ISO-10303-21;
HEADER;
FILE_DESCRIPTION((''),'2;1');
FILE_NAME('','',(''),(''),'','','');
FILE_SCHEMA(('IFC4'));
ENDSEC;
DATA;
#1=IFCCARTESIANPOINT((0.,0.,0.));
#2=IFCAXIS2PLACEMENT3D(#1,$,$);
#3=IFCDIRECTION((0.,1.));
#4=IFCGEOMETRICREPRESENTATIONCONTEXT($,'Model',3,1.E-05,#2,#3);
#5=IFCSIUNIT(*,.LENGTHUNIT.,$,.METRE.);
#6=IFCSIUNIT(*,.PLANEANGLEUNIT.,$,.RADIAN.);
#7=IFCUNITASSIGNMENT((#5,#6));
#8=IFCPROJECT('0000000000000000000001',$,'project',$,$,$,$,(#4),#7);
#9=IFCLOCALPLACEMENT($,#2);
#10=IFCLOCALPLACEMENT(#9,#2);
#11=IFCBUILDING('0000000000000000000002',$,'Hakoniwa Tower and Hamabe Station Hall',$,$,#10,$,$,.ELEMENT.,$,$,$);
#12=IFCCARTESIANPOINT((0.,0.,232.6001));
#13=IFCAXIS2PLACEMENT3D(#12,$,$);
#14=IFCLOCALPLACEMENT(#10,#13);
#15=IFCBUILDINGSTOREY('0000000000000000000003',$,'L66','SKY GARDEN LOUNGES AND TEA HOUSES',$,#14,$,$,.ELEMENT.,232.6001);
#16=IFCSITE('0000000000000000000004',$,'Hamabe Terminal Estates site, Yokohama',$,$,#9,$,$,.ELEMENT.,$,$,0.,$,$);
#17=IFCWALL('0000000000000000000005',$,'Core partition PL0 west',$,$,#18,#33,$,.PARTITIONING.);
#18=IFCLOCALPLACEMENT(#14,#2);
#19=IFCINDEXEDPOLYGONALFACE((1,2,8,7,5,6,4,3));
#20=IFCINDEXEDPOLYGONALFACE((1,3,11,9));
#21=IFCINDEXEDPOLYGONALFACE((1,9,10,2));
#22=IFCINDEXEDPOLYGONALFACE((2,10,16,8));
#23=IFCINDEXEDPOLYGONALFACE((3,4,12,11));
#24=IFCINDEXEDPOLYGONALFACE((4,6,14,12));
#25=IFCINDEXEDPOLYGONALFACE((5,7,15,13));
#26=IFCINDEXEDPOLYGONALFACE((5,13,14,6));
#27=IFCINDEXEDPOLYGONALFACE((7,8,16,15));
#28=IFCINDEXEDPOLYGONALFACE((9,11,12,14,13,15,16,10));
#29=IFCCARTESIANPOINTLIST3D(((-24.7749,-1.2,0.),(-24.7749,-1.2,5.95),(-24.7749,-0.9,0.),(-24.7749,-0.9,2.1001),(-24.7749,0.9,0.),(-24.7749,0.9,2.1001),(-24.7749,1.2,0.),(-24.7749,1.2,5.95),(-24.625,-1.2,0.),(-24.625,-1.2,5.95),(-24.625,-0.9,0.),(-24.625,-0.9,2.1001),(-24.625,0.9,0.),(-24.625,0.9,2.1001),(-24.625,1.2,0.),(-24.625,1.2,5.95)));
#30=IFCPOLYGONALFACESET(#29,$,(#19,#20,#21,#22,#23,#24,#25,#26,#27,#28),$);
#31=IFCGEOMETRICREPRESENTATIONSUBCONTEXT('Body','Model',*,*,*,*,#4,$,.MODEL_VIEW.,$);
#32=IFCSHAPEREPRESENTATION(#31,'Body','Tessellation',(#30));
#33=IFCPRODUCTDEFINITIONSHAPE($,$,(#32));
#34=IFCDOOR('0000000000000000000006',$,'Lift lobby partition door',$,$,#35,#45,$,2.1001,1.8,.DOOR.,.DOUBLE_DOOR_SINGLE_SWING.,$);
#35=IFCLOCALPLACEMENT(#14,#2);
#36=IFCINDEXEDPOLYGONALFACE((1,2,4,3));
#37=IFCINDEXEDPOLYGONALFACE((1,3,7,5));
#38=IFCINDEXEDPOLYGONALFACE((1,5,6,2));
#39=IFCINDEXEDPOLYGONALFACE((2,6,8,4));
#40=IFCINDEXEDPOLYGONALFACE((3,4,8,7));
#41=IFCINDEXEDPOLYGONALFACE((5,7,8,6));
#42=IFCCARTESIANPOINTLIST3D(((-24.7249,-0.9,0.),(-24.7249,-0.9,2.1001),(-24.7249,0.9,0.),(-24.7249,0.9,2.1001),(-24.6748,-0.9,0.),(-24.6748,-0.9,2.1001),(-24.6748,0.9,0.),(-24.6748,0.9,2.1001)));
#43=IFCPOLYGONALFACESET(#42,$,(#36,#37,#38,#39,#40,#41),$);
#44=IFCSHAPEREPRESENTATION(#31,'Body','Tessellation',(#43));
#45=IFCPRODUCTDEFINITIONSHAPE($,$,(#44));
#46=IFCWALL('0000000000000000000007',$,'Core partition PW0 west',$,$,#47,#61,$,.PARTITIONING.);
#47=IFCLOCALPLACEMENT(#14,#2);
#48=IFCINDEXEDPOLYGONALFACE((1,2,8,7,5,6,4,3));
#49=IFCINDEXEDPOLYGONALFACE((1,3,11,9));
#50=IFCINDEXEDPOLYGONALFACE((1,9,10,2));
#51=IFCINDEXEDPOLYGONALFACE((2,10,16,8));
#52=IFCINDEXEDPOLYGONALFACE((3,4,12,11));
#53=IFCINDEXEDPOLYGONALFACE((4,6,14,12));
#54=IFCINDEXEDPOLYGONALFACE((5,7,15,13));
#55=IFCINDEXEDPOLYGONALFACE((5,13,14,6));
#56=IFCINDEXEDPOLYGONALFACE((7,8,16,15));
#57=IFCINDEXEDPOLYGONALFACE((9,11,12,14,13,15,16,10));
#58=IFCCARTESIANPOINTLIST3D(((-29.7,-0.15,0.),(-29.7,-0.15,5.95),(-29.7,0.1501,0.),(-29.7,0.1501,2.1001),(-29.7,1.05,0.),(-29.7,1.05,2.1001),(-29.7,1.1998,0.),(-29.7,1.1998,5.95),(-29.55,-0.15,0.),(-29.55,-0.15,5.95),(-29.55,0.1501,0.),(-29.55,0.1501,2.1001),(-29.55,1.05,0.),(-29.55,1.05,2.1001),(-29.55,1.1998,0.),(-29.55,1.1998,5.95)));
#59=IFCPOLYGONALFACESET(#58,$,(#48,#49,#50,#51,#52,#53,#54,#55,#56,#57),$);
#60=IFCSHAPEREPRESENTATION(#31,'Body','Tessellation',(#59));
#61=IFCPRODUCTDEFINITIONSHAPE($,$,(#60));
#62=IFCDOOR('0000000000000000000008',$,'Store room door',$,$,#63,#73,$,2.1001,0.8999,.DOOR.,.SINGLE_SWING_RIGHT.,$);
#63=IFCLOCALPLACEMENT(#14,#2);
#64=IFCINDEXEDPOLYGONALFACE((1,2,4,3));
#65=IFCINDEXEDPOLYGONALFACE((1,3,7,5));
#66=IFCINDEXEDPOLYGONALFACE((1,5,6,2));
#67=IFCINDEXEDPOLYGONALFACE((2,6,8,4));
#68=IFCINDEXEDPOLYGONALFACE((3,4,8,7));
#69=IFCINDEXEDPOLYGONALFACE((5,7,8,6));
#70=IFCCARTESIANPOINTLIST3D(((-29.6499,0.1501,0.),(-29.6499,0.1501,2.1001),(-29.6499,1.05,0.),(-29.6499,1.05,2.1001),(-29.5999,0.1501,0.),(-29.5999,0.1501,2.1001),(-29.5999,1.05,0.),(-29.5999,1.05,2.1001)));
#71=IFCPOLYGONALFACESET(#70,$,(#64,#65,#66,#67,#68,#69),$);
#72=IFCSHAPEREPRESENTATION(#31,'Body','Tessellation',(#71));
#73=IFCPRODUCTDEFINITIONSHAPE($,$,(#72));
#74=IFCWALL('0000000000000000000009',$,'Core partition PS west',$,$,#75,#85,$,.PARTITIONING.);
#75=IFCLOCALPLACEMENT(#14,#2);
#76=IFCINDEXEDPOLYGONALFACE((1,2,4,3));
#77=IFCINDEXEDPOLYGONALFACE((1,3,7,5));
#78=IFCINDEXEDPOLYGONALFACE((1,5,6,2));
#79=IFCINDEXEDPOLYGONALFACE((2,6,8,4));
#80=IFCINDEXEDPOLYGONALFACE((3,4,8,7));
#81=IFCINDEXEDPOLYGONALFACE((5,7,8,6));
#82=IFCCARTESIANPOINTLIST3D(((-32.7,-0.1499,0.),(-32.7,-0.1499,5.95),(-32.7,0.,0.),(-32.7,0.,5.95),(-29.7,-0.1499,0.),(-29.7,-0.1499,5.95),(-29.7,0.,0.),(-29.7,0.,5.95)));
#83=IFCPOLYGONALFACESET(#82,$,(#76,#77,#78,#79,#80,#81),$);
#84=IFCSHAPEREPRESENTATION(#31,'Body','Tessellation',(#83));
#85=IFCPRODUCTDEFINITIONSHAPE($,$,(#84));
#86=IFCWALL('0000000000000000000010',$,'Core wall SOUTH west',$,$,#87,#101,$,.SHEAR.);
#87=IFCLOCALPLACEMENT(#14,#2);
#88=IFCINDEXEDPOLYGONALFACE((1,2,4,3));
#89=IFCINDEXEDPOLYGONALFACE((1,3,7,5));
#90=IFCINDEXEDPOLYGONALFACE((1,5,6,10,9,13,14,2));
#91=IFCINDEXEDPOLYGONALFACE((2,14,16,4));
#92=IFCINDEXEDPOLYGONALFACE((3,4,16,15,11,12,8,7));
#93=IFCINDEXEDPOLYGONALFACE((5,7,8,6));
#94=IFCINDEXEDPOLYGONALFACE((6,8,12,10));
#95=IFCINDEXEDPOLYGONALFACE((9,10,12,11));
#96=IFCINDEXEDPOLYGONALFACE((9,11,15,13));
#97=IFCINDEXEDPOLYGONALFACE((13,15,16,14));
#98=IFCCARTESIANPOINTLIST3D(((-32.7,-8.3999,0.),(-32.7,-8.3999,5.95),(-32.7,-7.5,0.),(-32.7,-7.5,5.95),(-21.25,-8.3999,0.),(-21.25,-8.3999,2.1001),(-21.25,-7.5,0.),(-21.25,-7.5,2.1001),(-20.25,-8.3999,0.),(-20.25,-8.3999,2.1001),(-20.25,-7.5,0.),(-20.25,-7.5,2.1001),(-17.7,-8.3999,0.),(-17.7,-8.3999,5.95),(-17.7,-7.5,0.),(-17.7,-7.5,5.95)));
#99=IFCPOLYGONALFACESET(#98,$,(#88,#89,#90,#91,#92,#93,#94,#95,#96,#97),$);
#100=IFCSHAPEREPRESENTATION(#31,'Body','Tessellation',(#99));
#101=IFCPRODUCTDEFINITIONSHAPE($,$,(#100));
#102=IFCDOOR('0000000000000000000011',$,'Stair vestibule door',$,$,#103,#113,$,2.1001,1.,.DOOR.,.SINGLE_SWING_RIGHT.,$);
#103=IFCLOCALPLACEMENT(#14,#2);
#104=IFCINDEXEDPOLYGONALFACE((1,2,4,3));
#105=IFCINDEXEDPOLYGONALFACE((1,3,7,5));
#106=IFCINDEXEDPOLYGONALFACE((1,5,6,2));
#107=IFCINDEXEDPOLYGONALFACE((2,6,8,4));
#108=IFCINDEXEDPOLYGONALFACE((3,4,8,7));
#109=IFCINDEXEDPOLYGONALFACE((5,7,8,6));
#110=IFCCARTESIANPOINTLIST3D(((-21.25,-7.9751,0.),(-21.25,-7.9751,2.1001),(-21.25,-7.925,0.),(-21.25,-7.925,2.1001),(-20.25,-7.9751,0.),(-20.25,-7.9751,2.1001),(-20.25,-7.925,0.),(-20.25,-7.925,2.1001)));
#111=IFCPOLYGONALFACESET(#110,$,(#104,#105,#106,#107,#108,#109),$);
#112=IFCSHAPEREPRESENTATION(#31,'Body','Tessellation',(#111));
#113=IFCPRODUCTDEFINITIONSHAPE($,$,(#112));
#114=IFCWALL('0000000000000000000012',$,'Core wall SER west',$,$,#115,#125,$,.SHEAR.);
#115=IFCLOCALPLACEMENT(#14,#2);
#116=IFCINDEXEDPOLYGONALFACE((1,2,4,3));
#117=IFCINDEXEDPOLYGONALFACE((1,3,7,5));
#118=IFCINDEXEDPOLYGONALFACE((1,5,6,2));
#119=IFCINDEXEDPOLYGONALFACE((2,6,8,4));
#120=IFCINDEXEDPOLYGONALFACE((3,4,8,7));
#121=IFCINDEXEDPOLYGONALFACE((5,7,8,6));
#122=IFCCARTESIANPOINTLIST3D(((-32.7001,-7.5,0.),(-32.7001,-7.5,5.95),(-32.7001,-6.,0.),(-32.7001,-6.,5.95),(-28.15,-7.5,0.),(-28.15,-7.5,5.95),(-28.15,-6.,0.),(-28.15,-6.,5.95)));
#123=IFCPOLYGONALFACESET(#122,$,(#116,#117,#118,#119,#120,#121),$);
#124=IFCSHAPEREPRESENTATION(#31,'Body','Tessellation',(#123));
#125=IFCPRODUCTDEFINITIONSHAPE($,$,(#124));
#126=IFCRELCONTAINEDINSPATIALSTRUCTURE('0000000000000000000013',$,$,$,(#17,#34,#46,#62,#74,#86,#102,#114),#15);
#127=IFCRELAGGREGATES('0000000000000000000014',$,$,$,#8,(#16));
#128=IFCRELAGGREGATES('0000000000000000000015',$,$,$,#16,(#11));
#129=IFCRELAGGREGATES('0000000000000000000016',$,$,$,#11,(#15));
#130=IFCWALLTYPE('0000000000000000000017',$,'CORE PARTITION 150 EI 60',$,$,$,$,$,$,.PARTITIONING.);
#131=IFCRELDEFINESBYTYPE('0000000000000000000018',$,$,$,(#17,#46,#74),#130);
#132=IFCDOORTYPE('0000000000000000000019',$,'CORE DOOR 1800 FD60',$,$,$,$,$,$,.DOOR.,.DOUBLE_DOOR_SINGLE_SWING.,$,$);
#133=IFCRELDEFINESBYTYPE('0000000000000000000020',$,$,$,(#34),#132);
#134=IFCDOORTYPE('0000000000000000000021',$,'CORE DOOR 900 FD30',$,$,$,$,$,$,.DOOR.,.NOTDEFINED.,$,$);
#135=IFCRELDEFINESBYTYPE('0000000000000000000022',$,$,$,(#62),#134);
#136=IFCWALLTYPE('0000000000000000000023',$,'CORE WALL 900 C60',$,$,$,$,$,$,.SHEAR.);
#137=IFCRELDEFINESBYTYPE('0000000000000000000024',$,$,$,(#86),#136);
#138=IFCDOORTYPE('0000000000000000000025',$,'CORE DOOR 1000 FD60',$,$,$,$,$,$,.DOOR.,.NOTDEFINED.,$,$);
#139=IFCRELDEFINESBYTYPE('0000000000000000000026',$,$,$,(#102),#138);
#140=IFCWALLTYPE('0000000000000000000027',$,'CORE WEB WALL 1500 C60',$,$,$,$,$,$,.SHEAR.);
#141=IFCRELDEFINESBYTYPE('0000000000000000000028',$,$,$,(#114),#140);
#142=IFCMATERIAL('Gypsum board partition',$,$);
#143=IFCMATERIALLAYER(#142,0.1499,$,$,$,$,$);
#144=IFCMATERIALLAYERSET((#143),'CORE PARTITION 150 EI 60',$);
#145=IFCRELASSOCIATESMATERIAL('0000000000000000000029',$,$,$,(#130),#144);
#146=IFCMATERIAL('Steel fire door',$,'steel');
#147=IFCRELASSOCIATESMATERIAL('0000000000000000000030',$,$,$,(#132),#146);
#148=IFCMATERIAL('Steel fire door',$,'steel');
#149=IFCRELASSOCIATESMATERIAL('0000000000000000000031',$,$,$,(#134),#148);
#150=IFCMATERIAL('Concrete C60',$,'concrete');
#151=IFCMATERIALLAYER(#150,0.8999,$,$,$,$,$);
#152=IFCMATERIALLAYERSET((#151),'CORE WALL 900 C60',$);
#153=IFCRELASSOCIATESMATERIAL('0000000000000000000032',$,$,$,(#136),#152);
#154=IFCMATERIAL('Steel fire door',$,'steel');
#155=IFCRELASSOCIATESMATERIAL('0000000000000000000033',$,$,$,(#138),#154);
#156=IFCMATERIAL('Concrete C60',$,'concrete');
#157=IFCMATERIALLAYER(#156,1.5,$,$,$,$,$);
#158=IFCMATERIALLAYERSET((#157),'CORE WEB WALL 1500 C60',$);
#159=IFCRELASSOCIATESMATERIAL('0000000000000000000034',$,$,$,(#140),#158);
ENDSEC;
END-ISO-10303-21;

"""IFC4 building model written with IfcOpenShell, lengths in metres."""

from ifc_helpers import new_model, si_unit, direction, frame, frame_2d, origin, place, context, subcontext, project, spatial, rectangle, extrude, material, layer, layer_set, type_object, element, fill, save


model = new_model("IFC4")

# Units and contexts
model_context = context("Model", 3, precision=1e-05, world=origin(), true_north=direction((0.0, 1.0)))
body_context = subcontext(model_context, "Body", "Model", "MODEL_VIEW")
ifc_project = project(units=[si_unit("LENGTHUNIT", "METRE"), si_unit("PLANEANGLEUNIT", "RADIAN")], contexts=[model_context])

# Site, building, storey
site_placement = place(None, origin())
site = spatial("IfcSite", under=ifc_project, at=site_placement, Name="Hamabe Terminal Estates site, Yokohama", CompositionType="ELEMENT", RefElevation=0.0)
building_placement = place(site_placement, origin())
building = spatial("IfcBuilding", under=site, at=building_placement, Name="Hakoniwa Tower and Hamabe Station Hall", CompositionType="ELEMENT")
storey_placement = place(building_placement, frame((0.0, 0.0, 232.6001)))
storey = spatial("IfcBuildingStorey", under=building, at=storey_placement, Name="L66", Description="SKY GARDEN LOUNGES AND TEA HOUSES", CompositionType="ELEMENT", Elevation=232.6001)

# Walls, openings, doors
ifc_material_1 = material(Name="Gypsum board partition")
ifc_layer_1 = layer(ifc_material_1, 0.1499)
ifc_layer_set_1 = layer_set([ifc_layer_1], Name="CORE PARTITION 150 EI 60")
wall_type_1 = type_object("IfcWallType", Name="CORE PARTITION 150 EI 60", PredefinedType="PARTITIONING", material=ifc_layer_set_1)
wall_1_placement = place(storey_placement, frame((-24.7, -1.2, 0.0), z_axis=(0.0, 0.0, 1.0), x_axis=(0.0, 1.0, 0.0)))
wall_1 = element("IfcWall", 1, at=wall_1_placement, inside=storey, type_object=wall_type_1, Name="Core partition PL0 west", PredefinedType="PARTITIONING", context=body_context, shape_type="SweptSolid", body=[
    extrude(rectangle(XDim=2.3999, YDim=0.1499, at=frame_2d((1.2, 0.0))), origin(), (0.0, 0.0, 1.0), 5.95),
])
opening_1_placement = place(wall_1_placement, frame((0.3, 0.0, 0.0)))
opening_1 = element("IfcOpeningElement", 2, at=opening_1_placement, cuts=wall_1, PredefinedType="OPENING", context=body_context, shape_type="SweptSolid", body=[
    extrude(rectangle(XDim=1.8, YDim=2.1001, at=frame_2d((0.8999, 1.05))), frame((0.0, 0.085, 0.0), z_axis=(0.0, -1.0, 0.0), x_axis=(1.0, 0.0, 0.0)), (0.0, 0.0, 1.0), 0.1699),
])
ifc_material_2 = material(Name="Steel fire door", Category="steel")
door_type_1 = type_object("IfcDoorType", Name="CORE DOOR 1800 FD60", OperationType="DOUBLE_DOOR_SINGLE_SWING", PredefinedType="DOOR", material=ifc_material_2)
door_1_placement = place(opening_1_placement, origin())
door_1 = element("IfcDoor", 3, at=door_1_placement, inside=storey, type_object=door_type_1, Name="Lift lobby partition door", OperationType="DOUBLE_DOOR_SINGLE_SWING", OverallHeight=2.1001, OverallWidth=1.8, PredefinedType="DOOR", context=body_context, shape_type="SweptSolid", body=[
    extrude(rectangle(XDim=1.8, YDim=2.1001, at=frame_2d((0.8999, 1.05))), frame((0.0, 0.0249, 0.0), z_axis=(0.0, -1.0, 0.0), x_axis=(1.0, 0.0, 0.0)), (0.0, 0.0, 1.0), 0.05),
])
fill(opening_1, door_1)
wall_2_placement = place(storey_placement, frame((-29.625, -0.1499, 0.0), z_axis=(0.0, 0.0, 1.0), x_axis=(0.0, 1.0, 0.0)))
wall_2 = element("IfcWall", 4, at=wall_2_placement, inside=storey, type_object=wall_type_1, Name="Core partition PW0 west", PredefinedType="PARTITIONING", context=body_context, shape_type="SweptSolid", body=[
    extrude(rectangle(XDim=1.3499, YDim=0.1499, at=frame_2d((0.6748, 0.0))), origin(), (0.0, 0.0, 1.0), 5.95),
])
opening_2_placement = place(wall_2_placement, frame((0.3, 0.0, 0.0)))
opening_2 = element("IfcOpeningElement", 5, at=opening_2_placement, cuts=wall_2, PredefinedType="OPENING", context=body_context, shape_type="SweptSolid", body=[
    extrude(rectangle(XDim=0.8999, YDim=2.1001, at=frame_2d((0.45, 1.05))), frame((0.0, 0.085, 0.0), z_axis=(0.0, -1.0, 0.0), x_axis=(1.0, 0.0, 0.0)), (0.0, 0.0, 1.0), 0.1699),
])
ifc_material_3 = material(Name="Steel fire door", Category="steel")
door_type_2 = type_object("IfcDoorType", Name="CORE DOOR 900 FD30", OperationType="NOTDEFINED", PredefinedType="DOOR", material=ifc_material_3)
door_2_placement = place(opening_2_placement, origin())
door_2 = element("IfcDoor", 6, at=door_2_placement, inside=storey, type_object=door_type_2, Name="Store room door", OperationType="SINGLE_SWING_RIGHT", OverallHeight=2.1001, OverallWidth=0.8999, PredefinedType="DOOR", context=body_context, shape_type="SweptSolid", body=[
    extrude(rectangle(XDim=0.8999, YDim=2.1001, at=frame_2d((0.45, 1.05))), frame((0.0, 0.0249, 0.0), z_axis=(0.0, -1.0, 0.0), x_axis=(1.0, 0.0, 0.0)), (0.0, 0.0, 1.0), 0.05),
])
fill(opening_2, door_2)

# Wall
wall_3_placement = place(storey_placement, frame((-32.7, -0.075, 0.0), z_axis=(0.0, 0.0, 1.0), x_axis=(1.0, 0.0, 0.0)))
element("IfcWall", 7, at=wall_3_placement, inside=storey, type_object=wall_type_1, Name="Core partition PS west", PredefinedType="PARTITIONING", context=body_context, shape_type="SweptSolid", body=[
    extrude(rectangle(XDim=3.0, YDim=0.1499, at=frame_2d((1.5, 0.0))), origin(), (0.0, 0.0, 1.0), 5.95),
])

# Wall, opening, door
ifc_material_4 = material(Name="Concrete C60", Category="concrete")
ifc_layer_2 = layer(ifc_material_4, 0.8999)
ifc_layer_set_2 = layer_set([ifc_layer_2], Name="CORE WALL 900 C60")
wall_type_2 = type_object("IfcWallType", Name="CORE WALL 900 C60", PredefinedType="SHEAR", material=ifc_layer_set_2)
wall_4_placement = place(storey_placement, frame((-32.7, -7.95, 0.0), z_axis=(0.0, 0.0, 1.0), x_axis=(1.0, 0.0, 0.0)))
wall_4 = element("IfcWall", 8, at=wall_4_placement, inside=storey, type_object=wall_type_2, Name="Core wall SOUTH west", PredefinedType="SHEAR", context=body_context, shape_type="SweptSolid", body=[
    extrude(rectangle(XDim=15.0, YDim=0.8999, at=frame_2d((7.5, 0.0))), origin(), (0.0, 0.0, 1.0), 5.95),
])
opening_3_placement = place(wall_4_placement, frame((11.45, 0.0, 0.0)))
opening_3 = element("IfcOpeningElement", 9, at=opening_3_placement, cuts=wall_4, PredefinedType="OPENING", context=body_context, shape_type="SweptSolid", body=[
    extrude(rectangle(XDim=1.0, YDim=2.1001, at=frame_2d((0.5, 1.05))), frame((0.0, 0.46, 0.0), z_axis=(0.0, -1.0, 0.0), x_axis=(1.0, 0.0, 0.0)), (0.0, 0.0, 1.0), 0.9199),
])
ifc_material_5 = material(Name="Steel fire door", Category="steel")
door_type_3 = type_object("IfcDoorType", Name="CORE DOOR 1000 FD60", OperationType="NOTDEFINED", PredefinedType="DOOR", material=ifc_material_5)
door_3_placement = place(opening_3_placement, origin())
door_3 = element("IfcDoor", 10, at=door_3_placement, inside=storey, type_object=door_type_3, Name="Stair vestibule door", OperationType="SINGLE_SWING_RIGHT", OverallHeight=2.1001, OverallWidth=1.0, PredefinedType="DOOR", context=body_context, shape_type="SweptSolid", body=[
    extrude(rectangle(XDim=1.0, YDim=2.1001, at=frame_2d((0.5, 1.05))), frame((0.0, 0.0249, 0.0), z_axis=(0.0, -1.0, 0.0), x_axis=(1.0, 0.0, 0.0)), (0.0, 0.0, 1.0), 0.05),
])
fill(opening_3, door_3)

# Wall
ifc_material_6 = material(Name="Concrete C60", Category="concrete")
ifc_layer_3 = layer(ifc_material_6, 1.5)
ifc_layer_set_3 = layer_set([ifc_layer_3], Name="CORE WEB WALL 1500 C60")
wall_type_3 = type_object("IfcWallType", Name="CORE WEB WALL 1500 C60", PredefinedType="SHEAR", material=ifc_layer_set_3)
wall_5_placement = place(storey_placement, frame((-32.7, -6.75, 0.0), z_axis=(0.0, 0.0, 1.0), x_axis=(1.0, 0.0, 0.0)))
element("IfcWall", 11, at=wall_5_placement, inside=storey, type_object=wall_type_3, Name="Core wall SER west", PredefinedType="SHEAR", context=body_context, shape_type="SweptSolid", body=[
    extrude(rectangle(XDim=4.55, YDim=1.5, at=frame_2d((2.2749, 0.0))), origin(), (0.0, 0.0, 1.0), 5.95),
])

save(model, "model.ifc")
